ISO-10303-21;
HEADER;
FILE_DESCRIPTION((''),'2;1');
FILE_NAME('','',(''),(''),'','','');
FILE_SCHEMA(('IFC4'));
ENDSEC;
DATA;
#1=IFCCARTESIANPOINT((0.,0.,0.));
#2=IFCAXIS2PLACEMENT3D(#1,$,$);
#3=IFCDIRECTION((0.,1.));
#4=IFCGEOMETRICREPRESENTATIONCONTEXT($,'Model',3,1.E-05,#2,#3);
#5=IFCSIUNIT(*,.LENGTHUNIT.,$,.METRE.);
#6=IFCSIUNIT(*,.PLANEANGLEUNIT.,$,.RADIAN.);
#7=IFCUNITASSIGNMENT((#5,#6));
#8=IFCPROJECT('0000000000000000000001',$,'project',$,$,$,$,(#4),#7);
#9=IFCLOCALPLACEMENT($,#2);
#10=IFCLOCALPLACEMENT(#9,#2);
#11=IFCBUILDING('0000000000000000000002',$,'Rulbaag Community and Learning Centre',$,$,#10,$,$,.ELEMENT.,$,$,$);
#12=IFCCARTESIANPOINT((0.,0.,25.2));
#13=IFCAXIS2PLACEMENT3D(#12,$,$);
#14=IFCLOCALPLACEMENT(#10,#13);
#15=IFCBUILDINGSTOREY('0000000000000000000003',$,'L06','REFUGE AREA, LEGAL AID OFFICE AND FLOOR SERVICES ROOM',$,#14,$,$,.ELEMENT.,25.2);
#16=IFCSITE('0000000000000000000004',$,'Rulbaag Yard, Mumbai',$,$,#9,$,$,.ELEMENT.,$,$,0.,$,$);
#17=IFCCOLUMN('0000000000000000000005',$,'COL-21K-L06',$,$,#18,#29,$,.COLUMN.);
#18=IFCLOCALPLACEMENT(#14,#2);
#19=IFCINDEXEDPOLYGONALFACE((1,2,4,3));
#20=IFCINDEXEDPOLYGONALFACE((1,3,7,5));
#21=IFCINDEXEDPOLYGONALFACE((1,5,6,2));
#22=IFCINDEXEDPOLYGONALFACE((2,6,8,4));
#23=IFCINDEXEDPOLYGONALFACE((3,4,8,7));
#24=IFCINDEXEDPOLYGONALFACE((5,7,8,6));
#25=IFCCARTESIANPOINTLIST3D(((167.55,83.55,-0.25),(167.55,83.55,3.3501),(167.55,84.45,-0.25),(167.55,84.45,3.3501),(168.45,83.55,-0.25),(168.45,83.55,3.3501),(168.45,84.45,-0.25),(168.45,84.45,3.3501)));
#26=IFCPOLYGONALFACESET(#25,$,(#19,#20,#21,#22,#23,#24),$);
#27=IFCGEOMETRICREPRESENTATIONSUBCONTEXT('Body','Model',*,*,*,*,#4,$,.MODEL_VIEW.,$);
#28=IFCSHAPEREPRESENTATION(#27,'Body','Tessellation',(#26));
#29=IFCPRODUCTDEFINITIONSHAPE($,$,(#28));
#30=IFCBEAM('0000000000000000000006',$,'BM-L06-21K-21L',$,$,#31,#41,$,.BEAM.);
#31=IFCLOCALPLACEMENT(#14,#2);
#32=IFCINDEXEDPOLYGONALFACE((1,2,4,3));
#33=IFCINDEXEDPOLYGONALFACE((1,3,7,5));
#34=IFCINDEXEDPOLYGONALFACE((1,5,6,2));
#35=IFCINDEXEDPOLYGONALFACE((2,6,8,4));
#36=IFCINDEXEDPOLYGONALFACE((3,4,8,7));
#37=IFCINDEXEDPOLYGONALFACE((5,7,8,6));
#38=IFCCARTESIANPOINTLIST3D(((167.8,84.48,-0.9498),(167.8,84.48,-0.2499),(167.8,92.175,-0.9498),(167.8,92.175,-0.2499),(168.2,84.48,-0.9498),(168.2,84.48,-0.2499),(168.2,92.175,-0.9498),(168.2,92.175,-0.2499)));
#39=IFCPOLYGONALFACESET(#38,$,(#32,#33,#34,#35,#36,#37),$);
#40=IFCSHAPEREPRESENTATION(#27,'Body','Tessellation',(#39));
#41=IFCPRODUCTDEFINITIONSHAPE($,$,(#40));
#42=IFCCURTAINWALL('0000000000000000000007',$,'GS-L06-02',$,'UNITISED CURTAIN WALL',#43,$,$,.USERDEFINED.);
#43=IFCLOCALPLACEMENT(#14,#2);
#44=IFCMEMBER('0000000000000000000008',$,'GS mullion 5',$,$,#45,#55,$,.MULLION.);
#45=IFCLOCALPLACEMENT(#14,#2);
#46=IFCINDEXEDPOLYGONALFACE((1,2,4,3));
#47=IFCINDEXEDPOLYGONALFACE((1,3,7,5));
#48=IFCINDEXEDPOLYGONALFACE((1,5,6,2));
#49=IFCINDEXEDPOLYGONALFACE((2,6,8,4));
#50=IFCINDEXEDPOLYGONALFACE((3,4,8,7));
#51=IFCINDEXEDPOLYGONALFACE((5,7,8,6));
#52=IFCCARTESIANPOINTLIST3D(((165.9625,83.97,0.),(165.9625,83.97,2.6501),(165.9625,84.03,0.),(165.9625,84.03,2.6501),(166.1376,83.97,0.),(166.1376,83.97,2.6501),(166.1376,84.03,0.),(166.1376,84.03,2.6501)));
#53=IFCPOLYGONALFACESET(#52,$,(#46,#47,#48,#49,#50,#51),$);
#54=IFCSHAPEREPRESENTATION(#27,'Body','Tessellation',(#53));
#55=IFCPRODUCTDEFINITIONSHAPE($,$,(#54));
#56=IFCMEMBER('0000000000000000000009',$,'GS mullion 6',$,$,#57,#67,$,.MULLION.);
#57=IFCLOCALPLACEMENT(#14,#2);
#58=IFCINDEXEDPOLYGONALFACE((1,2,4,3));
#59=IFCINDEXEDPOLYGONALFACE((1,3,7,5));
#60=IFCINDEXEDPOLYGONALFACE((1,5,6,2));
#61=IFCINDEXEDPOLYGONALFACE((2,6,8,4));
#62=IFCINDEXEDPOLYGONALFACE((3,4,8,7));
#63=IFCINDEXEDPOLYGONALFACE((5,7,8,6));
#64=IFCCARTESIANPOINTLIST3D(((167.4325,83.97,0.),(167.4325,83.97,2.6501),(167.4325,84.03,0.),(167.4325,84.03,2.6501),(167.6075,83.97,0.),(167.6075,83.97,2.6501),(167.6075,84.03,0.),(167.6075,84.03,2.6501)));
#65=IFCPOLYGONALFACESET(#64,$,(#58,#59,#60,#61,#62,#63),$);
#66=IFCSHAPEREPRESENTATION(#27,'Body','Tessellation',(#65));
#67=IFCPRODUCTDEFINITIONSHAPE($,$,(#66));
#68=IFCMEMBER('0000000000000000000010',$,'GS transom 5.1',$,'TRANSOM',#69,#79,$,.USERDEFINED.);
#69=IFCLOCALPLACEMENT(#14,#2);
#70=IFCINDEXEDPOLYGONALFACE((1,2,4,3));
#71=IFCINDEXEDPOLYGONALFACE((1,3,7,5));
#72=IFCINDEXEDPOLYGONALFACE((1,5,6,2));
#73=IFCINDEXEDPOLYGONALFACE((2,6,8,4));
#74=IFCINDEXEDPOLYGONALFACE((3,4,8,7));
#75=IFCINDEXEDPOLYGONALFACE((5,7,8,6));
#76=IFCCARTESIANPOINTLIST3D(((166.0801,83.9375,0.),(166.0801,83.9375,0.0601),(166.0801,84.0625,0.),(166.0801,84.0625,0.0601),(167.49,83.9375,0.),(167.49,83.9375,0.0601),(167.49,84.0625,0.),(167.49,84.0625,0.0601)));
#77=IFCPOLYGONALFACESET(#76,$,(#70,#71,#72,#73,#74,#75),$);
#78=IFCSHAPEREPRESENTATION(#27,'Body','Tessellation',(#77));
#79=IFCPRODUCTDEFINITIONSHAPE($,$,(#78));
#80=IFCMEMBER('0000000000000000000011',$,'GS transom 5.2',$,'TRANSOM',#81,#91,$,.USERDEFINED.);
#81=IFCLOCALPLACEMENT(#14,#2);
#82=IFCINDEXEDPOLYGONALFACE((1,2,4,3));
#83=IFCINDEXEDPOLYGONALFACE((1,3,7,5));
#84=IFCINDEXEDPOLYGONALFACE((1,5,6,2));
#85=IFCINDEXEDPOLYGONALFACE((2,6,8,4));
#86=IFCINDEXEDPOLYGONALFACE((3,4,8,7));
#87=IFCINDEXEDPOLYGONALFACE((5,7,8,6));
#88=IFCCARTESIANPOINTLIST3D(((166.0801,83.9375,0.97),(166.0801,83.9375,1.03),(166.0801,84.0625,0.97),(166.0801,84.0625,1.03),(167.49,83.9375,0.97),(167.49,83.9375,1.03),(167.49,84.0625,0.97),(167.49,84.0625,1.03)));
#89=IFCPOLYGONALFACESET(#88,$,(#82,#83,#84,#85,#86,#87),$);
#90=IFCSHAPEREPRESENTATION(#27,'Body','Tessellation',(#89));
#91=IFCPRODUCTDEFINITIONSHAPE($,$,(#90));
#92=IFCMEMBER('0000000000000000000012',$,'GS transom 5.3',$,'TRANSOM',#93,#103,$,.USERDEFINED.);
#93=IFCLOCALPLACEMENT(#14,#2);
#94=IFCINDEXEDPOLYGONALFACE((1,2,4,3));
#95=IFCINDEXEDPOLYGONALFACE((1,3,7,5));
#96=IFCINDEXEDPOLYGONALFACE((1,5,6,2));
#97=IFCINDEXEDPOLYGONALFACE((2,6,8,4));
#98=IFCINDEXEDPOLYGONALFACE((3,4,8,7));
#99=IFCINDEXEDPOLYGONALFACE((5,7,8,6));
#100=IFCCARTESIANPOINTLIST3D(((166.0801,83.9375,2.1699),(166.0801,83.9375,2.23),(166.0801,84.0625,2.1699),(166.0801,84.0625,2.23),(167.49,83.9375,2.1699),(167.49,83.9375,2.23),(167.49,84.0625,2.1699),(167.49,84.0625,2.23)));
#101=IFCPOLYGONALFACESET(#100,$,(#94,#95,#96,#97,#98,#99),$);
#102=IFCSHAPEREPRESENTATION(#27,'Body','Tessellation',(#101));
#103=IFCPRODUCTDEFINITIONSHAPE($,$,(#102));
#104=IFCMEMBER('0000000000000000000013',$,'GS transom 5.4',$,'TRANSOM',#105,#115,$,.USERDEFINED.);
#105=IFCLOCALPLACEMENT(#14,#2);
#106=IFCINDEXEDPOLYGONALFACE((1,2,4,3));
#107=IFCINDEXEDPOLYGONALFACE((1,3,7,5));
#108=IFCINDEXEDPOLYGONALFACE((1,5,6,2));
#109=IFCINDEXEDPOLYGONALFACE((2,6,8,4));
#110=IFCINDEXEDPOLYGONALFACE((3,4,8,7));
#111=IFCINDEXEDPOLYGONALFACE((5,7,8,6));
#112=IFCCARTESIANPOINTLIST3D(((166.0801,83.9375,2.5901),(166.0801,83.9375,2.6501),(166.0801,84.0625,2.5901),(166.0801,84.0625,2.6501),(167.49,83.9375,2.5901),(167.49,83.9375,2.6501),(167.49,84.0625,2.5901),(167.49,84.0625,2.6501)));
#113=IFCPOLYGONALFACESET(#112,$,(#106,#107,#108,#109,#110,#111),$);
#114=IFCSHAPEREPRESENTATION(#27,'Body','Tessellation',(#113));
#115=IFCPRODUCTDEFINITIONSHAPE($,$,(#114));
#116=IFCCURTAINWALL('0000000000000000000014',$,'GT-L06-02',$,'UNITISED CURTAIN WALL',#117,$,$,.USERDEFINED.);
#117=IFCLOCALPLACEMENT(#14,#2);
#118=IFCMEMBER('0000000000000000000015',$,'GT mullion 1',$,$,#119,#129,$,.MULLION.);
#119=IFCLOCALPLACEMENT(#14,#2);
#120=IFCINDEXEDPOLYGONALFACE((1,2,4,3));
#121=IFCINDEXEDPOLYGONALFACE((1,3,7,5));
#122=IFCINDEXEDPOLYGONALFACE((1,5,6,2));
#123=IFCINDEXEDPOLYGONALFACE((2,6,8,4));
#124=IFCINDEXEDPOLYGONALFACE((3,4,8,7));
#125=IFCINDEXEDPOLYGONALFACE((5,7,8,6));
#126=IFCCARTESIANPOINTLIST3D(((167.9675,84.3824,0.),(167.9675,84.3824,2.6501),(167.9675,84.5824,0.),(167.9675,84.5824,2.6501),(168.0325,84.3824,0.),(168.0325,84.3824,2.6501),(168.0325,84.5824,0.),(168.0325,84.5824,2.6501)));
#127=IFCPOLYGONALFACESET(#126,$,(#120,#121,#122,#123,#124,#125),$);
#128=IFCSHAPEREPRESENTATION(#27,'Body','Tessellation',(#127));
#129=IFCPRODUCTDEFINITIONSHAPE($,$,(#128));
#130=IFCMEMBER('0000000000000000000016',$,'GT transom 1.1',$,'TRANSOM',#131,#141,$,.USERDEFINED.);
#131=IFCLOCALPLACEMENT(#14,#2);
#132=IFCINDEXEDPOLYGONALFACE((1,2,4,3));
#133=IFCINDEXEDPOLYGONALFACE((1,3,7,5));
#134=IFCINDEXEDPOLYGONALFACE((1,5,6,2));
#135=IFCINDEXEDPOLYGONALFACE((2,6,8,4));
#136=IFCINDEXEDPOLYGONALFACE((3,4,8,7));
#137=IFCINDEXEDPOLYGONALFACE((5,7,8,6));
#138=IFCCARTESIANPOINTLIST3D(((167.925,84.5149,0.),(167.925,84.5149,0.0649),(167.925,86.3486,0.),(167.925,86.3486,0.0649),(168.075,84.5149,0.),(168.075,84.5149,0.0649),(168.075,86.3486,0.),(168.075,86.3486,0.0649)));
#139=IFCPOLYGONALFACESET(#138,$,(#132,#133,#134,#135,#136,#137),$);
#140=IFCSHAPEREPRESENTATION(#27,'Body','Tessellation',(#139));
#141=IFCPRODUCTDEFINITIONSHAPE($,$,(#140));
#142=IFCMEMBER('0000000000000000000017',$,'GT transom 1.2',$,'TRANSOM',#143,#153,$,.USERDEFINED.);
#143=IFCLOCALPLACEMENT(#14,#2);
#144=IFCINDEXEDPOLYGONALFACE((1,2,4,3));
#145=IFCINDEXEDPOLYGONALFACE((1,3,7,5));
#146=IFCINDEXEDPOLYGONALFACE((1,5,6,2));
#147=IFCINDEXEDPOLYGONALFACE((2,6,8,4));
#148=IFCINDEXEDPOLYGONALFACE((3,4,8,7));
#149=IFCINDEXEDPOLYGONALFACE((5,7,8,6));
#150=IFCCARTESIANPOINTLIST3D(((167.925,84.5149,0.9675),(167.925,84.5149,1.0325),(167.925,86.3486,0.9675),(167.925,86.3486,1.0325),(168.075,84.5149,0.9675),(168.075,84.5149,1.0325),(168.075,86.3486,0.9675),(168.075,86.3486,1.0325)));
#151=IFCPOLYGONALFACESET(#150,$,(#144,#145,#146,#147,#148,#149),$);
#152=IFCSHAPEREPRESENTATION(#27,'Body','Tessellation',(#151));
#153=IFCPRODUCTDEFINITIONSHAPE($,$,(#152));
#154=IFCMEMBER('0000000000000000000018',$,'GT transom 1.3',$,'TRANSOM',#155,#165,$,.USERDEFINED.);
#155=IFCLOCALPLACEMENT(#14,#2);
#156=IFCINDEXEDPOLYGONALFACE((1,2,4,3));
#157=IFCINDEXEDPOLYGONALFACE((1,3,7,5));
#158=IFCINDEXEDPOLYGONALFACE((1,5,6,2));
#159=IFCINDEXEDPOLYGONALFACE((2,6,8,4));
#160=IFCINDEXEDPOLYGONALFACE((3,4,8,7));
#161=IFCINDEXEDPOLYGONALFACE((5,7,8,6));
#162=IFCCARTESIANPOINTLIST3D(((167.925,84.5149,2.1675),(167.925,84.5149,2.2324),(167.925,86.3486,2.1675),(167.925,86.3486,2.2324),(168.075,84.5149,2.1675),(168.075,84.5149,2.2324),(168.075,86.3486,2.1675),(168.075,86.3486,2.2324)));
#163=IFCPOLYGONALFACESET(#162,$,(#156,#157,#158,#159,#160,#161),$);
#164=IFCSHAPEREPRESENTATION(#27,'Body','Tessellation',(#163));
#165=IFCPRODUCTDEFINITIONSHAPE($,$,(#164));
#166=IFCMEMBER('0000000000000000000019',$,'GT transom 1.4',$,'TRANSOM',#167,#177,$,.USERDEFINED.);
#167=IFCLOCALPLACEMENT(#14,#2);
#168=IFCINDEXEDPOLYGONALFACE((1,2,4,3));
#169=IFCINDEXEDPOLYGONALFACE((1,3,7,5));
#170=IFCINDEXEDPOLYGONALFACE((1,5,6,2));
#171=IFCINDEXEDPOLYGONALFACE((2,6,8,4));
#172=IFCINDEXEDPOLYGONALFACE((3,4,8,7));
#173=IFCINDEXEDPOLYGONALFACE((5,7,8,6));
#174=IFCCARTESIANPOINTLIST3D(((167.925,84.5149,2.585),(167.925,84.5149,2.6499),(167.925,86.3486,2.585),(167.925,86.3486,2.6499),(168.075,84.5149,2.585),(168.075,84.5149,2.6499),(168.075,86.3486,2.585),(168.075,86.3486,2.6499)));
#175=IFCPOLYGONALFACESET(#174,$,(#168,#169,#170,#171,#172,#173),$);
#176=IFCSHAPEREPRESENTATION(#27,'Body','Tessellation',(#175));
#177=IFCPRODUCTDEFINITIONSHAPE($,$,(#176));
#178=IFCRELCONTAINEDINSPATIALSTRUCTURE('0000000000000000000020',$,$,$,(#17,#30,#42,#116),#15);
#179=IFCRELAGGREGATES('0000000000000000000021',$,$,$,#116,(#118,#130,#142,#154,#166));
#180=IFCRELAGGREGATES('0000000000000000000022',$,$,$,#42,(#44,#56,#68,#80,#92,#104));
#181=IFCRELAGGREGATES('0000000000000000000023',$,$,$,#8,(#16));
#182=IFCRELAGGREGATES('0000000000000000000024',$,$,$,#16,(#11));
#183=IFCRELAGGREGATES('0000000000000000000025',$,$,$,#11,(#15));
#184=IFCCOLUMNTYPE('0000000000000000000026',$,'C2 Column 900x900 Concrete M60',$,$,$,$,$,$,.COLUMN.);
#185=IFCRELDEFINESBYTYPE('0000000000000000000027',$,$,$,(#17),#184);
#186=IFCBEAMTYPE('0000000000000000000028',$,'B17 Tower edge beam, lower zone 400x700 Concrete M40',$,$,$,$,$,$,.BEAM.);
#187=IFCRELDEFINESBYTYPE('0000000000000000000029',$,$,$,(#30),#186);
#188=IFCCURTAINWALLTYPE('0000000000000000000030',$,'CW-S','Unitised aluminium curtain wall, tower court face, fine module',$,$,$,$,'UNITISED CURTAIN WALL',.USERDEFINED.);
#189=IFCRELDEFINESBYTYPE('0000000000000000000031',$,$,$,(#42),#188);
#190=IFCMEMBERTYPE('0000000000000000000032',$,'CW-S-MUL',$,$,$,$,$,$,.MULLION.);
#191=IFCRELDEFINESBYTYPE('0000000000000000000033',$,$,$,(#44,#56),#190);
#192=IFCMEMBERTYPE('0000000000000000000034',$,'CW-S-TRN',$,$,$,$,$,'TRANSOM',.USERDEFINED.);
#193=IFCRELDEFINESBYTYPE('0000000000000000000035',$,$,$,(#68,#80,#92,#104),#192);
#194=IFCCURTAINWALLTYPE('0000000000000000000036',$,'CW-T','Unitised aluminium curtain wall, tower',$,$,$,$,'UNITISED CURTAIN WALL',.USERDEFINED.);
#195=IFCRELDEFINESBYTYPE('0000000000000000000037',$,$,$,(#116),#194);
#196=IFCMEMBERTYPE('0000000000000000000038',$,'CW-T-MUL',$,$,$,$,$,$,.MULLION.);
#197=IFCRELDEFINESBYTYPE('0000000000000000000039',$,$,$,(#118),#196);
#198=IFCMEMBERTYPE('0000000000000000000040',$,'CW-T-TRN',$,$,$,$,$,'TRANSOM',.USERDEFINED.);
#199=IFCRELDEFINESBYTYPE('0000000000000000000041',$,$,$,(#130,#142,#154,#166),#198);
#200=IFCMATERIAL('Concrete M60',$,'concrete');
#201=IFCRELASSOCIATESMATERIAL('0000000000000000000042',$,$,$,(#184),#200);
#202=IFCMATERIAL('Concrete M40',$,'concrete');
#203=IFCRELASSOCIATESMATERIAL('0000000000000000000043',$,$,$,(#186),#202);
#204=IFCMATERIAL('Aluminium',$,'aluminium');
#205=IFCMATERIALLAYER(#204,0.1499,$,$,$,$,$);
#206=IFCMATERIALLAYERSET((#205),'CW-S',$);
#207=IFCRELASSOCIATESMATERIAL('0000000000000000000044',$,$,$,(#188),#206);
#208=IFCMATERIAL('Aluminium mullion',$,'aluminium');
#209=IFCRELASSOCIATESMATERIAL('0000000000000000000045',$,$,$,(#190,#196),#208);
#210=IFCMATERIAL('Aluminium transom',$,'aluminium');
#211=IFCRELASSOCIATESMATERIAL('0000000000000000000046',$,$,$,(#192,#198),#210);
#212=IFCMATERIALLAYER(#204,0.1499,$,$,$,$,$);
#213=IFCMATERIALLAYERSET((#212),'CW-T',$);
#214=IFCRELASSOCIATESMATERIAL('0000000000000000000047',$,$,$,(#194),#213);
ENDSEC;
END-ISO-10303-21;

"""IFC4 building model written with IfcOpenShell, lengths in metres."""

from ifc_helpers import new_model, si_unit, direction, frame, origin, origin_2d, place, context, subcontext, project, spatial, rectangle, extrude, material, layer, layer_set, material_profile, profile_set, type_object, element, aggregate, save


model = new_model("IFC4")

# Units and contexts
model_context = context("Model", 3, precision=1e-05, world=origin(), true_north=direction((0.0, 1.0)))
body_context = subcontext(model_context, "Body", "Model", "MODEL_VIEW")
ifc_project = project(units=[si_unit("LENGTHUNIT", "METRE"), si_unit("PLANEANGLEUNIT", "RADIAN")], contexts=[model_context])

# Site, building, storey
site_placement = place(None, origin())
site = spatial("IfcSite", under=ifc_project, at=site_placement, Name="Rulbaag Yard, Mumbai", CompositionType="ELEMENT", RefElevation=0.0)
building_placement = place(site_placement, origin())
building = spatial("IfcBuilding", under=site, at=building_placement, Name="Rulbaag Community and Learning Centre", CompositionType="ELEMENT")
storey_placement = place(building_placement, frame((0.0, 0.0, 25.2)))
storey = spatial("IfcBuildingStorey", under=building, at=storey_placement, Name="L06", Description="REFUGE AREA, LEGAL AID OFFICE AND FLOOR SERVICES ROOM", CompositionType="ELEMENT", Elevation=25.2)

# Column
ifc_material_1 = material(Name="Concrete M60", Category="concrete")
ifc_material_profile_1 = material_profile(ifc_material_1, rectangle(XDim=0.8999, YDim=0.8999, at=origin_2d()), Name="RC900x900")
ifc_profile_set_1 = profile_set([ifc_material_profile_1], Name="Concrete M60")
column_type = type_object("IfcColumnType", Name="C2 Column 900x900 Concrete M60", PredefinedType="COLUMN", material=ifc_profile_set_1)
column_placement = place(storey_placement, frame((168.0, 84.0, -0.25), z_axis=(0.0, 0.0, 1.0), x_axis=(1.0, 0.0, 0.0)))
element("IfcColumn", 1, at=column_placement, inside=storey, type_object=column_type, Name="COL-21K-L06", PredefinedType="COLUMN", context=body_context, shape_type="SweptSolid", body=[
    extrude(rectangle(XDim=0.8999, YDim=0.8999, at=origin_2d()), origin(), (0.0, 0.0, 1.0), 3.6001),
])

# Beam
ifc_material_2 = material(Name="Concrete M40", Category="concrete")
ifc_material_profile_2 = material_profile(ifc_material_2, rectangle(XDim=0.3999, YDim=0.7, at=origin_2d()), Name="RB400x700")
ifc_profile_set_2 = profile_set([ifc_material_profile_2], Name="Concrete M40")
beam_type = type_object("IfcBeamType", Name="B17 Tower edge beam, lower zone 400x700 Concrete M40", PredefinedType="BEAM", material=ifc_profile_set_2)
beam_placement = place(storey_placement, frame((168.0, 84.48, -0.5999), z_axis=(0.0, 1.0, 0.0), x_axis=(-1.0, 0.0, 0.0)))
element("IfcBeam", 2, at=beam_placement, inside=storey, type_object=beam_type, Name="BM-L06-21K-21L", PredefinedType="BEAM", context=body_context, shape_type="SweptSolid", body=[
    extrude(rectangle(XDim=0.3999, YDim=0.7, at=origin_2d()), origin(), (0.0, 0.0, 1.0), 7.6951),
])

# Curtain walls, members
ifc_material_3 = material(Name="Aluminium", Category="aluminium")
ifc_layer_1 = layer(ifc_material_3, 0.1499)
ifc_layer_set_1 = layer_set([ifc_layer_1], Name="CW-S")
curtain_wall_type_1 = type_object("IfcCurtainWallType", Name="CW-S", Description="Unitised aluminium curtain wall, tower court face, fine module", ElementType="UNITISED CURTAIN WALL", PredefinedType="USERDEFINED", material=ifc_layer_set_1)
curtain_wall_1_placement = place(storey_placement, origin())
curtain_wall_1 = element("IfcCurtainWall", 3, at=curtain_wall_1_placement, inside=storey, type_object=curtain_wall_type_1, Name="GS-L06-02", ObjectType="UNITISED CURTAIN WALL", PredefinedType="USERDEFINED")
ifc_material_4 = material(Name="Aluminium mullion", Category="aluminium")
ifc_material_profile_3 = material_profile(ifc_material_4, rectangle(XDim=0.0601, YDim=0.175, at=origin_2d()), Name="AL 60x175")
ifc_profile_set_3 = profile_set([ifc_material_profile_3], Name="Aluminium mullion")
member_type_1 = type_object("IfcMemberType", Name="CW-S-MUL", PredefinedType="MULLION", material=ifc_profile_set_3)
member_1_placement = place(storey_placement, frame((166.05, 84.0, 0.0), z_axis=(0.0, 0.0, 1.0), x_axis=(0.0, 1.0, 0.0)))
member_1 = element("IfcMember", 4, at=member_1_placement, type_object=member_type_1, Name="GS mullion 5", PredefinedType="MULLION", context=body_context, shape_type="SweptSolid", body=[
    extrude(rectangle(XDim=0.0601, YDim=0.175, at=origin_2d()), origin(), (0.0, 0.0, 1.0), 2.6501),
])
member_2_placement = place(storey_placement, frame((167.52, 84.0, 0.0), z_axis=(0.0, 0.0, 1.0), x_axis=(0.0, 1.0, 0.0)))
member_2 = element("IfcMember", 5, at=member_2_placement, type_object=member_type_1, Name="GS mullion 6", PredefinedType="MULLION", context=body_context, shape_type="SweptSolid", body=[
    extrude(rectangle(XDim=0.0601, YDim=0.175, at=origin_2d()), origin(), (0.0, 0.0, 1.0), 2.6501),
])
ifc_material_5 = material(Name="Aluminium transom", Category="aluminium")
ifc_material_profile_4 = material_profile(ifc_material_5, rectangle(XDim=0.125, YDim=0.0601, at=origin_2d()), Name="AL 60x125 T")
ifc_profile_set_4 = profile_set([ifc_material_profile_4], Name="Aluminium transom")
member_type_2 = type_object("IfcMemberType", Name="CW-S-TRN", ElementType="TRANSOM", PredefinedType="USERDEFINED", material=ifc_profile_set_4)
member_3_placement = place(storey_placement, frame((166.0801, 84.0, 0.03), z_axis=(1.0, 0.0, 0.0), x_axis=(0.0, 1.0, 0.0)))
member_3 = element("IfcMember", 6, at=member_3_placement, type_object=member_type_2, Name="GS transom 5.1", ObjectType="TRANSOM", PredefinedType="USERDEFINED", context=body_context, shape_type="SweptSolid", body=[
    extrude(rectangle(XDim=0.125, YDim=0.0601, at=origin_2d()), origin(), (0.0, 0.0, 1.0), 1.4099),
])
member_4_placement = place(storey_placement, frame((166.0801, 84.0, 1.0), z_axis=(1.0, 0.0, 0.0), x_axis=(0.0, 1.0, 0.0)))
member_4 = element("IfcMember", 7, at=member_4_placement, type_object=member_type_2, Name="GS transom 5.2", ObjectType="TRANSOM", PredefinedType="USERDEFINED", context=body_context, shape_type="SweptSolid", body=[
    extrude(rectangle(XDim=0.125, YDim=0.0601, at=origin_2d()), origin(), (0.0, 0.0, 1.0), 1.4099),
])
member_5_placement = place(storey_placement, frame((166.0801, 84.0, 2.2), z_axis=(1.0, 0.0, 0.0), x_axis=(0.0, 1.0, 0.0)))
member_5 = element("IfcMember", 8, at=member_5_placement, type_object=member_type_2, Name="GS transom 5.3", ObjectType="TRANSOM", PredefinedType="USERDEFINED", context=body_context, shape_type="SweptSolid", body=[
    extrude(rectangle(XDim=0.125, YDim=0.0601, at=origin_2d()), origin(), (0.0, 0.0, 1.0), 1.4099),
])
member_6_placement = place(storey_placement, frame((166.0801, 84.0, 2.6201), z_axis=(1.0, 0.0, 0.0), x_axis=(0.0, 1.0, 0.0)))
member_6 = element("IfcMember", 9, at=member_6_placement, type_object=member_type_2, Name="GS transom 5.4", ObjectType="TRANSOM", PredefinedType="USERDEFINED", context=body_context, shape_type="SweptSolid", body=[
    extrude(rectangle(XDim=0.125, YDim=0.0601, at=origin_2d()), origin(), (0.0, 0.0, 1.0), 1.4099),
])
ifc_layer_2 = layer(ifc_material_3, 0.1499)
ifc_layer_set_2 = layer_set([ifc_layer_2], Name="CW-T")
curtain_wall_type_2 = type_object("IfcCurtainWallType", Name="CW-T", Description="Unitised aluminium curtain wall, tower", ElementType="UNITISED CURTAIN WALL", PredefinedType="USERDEFINED", material=ifc_layer_set_2)
curtain_wall_2_placement = place(storey_placement, origin())
curtain_wall_2 = element("IfcCurtainWall", 10, at=curtain_wall_2_placement, inside=storey, type_object=curtain_wall_type_2, Name="GT-L06-02", ObjectType="UNITISED CURTAIN WALL", PredefinedType="USERDEFINED")
ifc_material_profile_5 = material_profile(ifc_material_4, rectangle(XDim=0.0649, YDim=0.2, at=origin_2d()), Name="AL 65x200")
ifc_profile_set_5 = profile_set([ifc_material_profile_5], Name="Aluminium mullion")
member_type_3 = type_object("IfcMemberType", Name="CW-T-MUL", PredefinedType="MULLION", material=ifc_profile_set_5)
member_7_placement = place(storey_placement, frame((168.0, 84.4824, 0.0), z_axis=(0.0, 0.0, 1.0), x_axis=(-1.0, 0.0, 0.0)))
member_7 = element("IfcMember", 11, at=member_7_placement, type_object=member_type_3, Name="GT mullion 1", PredefinedType="MULLION", context=body_context, shape_type="SweptSolid", body=[
    extrude(rectangle(XDim=0.0649, YDim=0.2, at=origin_2d()), origin(), (0.0, 0.0, 1.0), 2.6501),
])
ifc_material_profile_6 = material_profile(ifc_material_5, rectangle(XDim=0.1499, YDim=0.0649, at=origin_2d()), Name="AL 65x150 T")
ifc_profile_set_6 = profile_set([ifc_material_profile_6], Name="Aluminium transom")
member_type_4 = type_object("IfcMemberType", Name="CW-T-TRN", ElementType="TRANSOM", PredefinedType="USERDEFINED", material=ifc_profile_set_6)
member_8_placement = place(storey_placement, frame((168.0, 84.5149, 0.0325), z_axis=(0.0, 1.0, 0.0), x_axis=(-1.0, 0.0, 0.0)))
member_8 = element("IfcMember", 12, at=member_8_placement, type_object=member_type_4, Name="GT transom 1.1", ObjectType="TRANSOM", PredefinedType="USERDEFINED", context=body_context, shape_type="SweptSolid", body=[
    extrude(rectangle(XDim=0.1499, YDim=0.0649, at=origin_2d()), origin(), (0.0, 0.0, 1.0), 1.8337),
])
member_9_placement = place(storey_placement, frame((168.0, 84.5149, 1.0), z_axis=(0.0, 1.0, 0.0), x_axis=(-1.0, 0.0, 0.0)))
member_9 = element("IfcMember", 13, at=member_9_placement, type_object=member_type_4, Name="GT transom 1.2", ObjectType="TRANSOM", PredefinedType="USERDEFINED", context=body_context, shape_type="SweptSolid", body=[
    extrude(rectangle(XDim=0.1499, YDim=0.0649, at=origin_2d()), origin(), (0.0, 0.0, 1.0), 1.8337),
])
member_10_placement = place(storey_placement, frame((168.0, 84.5149, 2.2), z_axis=(0.0, 1.0, 0.0), x_axis=(-1.0, 0.0, 0.0)))
member_10 = element("IfcMember", 14, at=member_10_placement, type_object=member_type_4, Name="GT transom 1.3", ObjectType="TRANSOM", PredefinedType="USERDEFINED", context=body_context, shape_type="SweptSolid", body=[
    extrude(rectangle(XDim=0.1499, YDim=0.0649, at=origin_2d()), origin(), (0.0, 0.0, 1.0), 1.8337),
])
member_11_placement = place(storey_placement, frame((168.0, 84.5149, 2.6174), z_axis=(0.0, 1.0, 0.0), x_axis=(-1.0, 0.0, 0.0)))
member_11 = element("IfcMember", 15, at=member_11_placement, type_object=member_type_4, Name="GT transom 1.4", ObjectType="TRANSOM", PredefinedType="USERDEFINED", context=body_context, shape_type="SweptSolid", body=[
    extrude(rectangle(XDim=0.1499, YDim=0.0649, at=origin_2d()), origin(), (0.0, 0.0, 1.0), 1.8337),
])
aggregate(curtain_wall_2, [member_7, member_8, member_9, member_10, member_11])

aggregate(curtain_wall_1, [member_1, member_2, member_3, member_4, member_5, member_6])

save(model, "model.ifc")
